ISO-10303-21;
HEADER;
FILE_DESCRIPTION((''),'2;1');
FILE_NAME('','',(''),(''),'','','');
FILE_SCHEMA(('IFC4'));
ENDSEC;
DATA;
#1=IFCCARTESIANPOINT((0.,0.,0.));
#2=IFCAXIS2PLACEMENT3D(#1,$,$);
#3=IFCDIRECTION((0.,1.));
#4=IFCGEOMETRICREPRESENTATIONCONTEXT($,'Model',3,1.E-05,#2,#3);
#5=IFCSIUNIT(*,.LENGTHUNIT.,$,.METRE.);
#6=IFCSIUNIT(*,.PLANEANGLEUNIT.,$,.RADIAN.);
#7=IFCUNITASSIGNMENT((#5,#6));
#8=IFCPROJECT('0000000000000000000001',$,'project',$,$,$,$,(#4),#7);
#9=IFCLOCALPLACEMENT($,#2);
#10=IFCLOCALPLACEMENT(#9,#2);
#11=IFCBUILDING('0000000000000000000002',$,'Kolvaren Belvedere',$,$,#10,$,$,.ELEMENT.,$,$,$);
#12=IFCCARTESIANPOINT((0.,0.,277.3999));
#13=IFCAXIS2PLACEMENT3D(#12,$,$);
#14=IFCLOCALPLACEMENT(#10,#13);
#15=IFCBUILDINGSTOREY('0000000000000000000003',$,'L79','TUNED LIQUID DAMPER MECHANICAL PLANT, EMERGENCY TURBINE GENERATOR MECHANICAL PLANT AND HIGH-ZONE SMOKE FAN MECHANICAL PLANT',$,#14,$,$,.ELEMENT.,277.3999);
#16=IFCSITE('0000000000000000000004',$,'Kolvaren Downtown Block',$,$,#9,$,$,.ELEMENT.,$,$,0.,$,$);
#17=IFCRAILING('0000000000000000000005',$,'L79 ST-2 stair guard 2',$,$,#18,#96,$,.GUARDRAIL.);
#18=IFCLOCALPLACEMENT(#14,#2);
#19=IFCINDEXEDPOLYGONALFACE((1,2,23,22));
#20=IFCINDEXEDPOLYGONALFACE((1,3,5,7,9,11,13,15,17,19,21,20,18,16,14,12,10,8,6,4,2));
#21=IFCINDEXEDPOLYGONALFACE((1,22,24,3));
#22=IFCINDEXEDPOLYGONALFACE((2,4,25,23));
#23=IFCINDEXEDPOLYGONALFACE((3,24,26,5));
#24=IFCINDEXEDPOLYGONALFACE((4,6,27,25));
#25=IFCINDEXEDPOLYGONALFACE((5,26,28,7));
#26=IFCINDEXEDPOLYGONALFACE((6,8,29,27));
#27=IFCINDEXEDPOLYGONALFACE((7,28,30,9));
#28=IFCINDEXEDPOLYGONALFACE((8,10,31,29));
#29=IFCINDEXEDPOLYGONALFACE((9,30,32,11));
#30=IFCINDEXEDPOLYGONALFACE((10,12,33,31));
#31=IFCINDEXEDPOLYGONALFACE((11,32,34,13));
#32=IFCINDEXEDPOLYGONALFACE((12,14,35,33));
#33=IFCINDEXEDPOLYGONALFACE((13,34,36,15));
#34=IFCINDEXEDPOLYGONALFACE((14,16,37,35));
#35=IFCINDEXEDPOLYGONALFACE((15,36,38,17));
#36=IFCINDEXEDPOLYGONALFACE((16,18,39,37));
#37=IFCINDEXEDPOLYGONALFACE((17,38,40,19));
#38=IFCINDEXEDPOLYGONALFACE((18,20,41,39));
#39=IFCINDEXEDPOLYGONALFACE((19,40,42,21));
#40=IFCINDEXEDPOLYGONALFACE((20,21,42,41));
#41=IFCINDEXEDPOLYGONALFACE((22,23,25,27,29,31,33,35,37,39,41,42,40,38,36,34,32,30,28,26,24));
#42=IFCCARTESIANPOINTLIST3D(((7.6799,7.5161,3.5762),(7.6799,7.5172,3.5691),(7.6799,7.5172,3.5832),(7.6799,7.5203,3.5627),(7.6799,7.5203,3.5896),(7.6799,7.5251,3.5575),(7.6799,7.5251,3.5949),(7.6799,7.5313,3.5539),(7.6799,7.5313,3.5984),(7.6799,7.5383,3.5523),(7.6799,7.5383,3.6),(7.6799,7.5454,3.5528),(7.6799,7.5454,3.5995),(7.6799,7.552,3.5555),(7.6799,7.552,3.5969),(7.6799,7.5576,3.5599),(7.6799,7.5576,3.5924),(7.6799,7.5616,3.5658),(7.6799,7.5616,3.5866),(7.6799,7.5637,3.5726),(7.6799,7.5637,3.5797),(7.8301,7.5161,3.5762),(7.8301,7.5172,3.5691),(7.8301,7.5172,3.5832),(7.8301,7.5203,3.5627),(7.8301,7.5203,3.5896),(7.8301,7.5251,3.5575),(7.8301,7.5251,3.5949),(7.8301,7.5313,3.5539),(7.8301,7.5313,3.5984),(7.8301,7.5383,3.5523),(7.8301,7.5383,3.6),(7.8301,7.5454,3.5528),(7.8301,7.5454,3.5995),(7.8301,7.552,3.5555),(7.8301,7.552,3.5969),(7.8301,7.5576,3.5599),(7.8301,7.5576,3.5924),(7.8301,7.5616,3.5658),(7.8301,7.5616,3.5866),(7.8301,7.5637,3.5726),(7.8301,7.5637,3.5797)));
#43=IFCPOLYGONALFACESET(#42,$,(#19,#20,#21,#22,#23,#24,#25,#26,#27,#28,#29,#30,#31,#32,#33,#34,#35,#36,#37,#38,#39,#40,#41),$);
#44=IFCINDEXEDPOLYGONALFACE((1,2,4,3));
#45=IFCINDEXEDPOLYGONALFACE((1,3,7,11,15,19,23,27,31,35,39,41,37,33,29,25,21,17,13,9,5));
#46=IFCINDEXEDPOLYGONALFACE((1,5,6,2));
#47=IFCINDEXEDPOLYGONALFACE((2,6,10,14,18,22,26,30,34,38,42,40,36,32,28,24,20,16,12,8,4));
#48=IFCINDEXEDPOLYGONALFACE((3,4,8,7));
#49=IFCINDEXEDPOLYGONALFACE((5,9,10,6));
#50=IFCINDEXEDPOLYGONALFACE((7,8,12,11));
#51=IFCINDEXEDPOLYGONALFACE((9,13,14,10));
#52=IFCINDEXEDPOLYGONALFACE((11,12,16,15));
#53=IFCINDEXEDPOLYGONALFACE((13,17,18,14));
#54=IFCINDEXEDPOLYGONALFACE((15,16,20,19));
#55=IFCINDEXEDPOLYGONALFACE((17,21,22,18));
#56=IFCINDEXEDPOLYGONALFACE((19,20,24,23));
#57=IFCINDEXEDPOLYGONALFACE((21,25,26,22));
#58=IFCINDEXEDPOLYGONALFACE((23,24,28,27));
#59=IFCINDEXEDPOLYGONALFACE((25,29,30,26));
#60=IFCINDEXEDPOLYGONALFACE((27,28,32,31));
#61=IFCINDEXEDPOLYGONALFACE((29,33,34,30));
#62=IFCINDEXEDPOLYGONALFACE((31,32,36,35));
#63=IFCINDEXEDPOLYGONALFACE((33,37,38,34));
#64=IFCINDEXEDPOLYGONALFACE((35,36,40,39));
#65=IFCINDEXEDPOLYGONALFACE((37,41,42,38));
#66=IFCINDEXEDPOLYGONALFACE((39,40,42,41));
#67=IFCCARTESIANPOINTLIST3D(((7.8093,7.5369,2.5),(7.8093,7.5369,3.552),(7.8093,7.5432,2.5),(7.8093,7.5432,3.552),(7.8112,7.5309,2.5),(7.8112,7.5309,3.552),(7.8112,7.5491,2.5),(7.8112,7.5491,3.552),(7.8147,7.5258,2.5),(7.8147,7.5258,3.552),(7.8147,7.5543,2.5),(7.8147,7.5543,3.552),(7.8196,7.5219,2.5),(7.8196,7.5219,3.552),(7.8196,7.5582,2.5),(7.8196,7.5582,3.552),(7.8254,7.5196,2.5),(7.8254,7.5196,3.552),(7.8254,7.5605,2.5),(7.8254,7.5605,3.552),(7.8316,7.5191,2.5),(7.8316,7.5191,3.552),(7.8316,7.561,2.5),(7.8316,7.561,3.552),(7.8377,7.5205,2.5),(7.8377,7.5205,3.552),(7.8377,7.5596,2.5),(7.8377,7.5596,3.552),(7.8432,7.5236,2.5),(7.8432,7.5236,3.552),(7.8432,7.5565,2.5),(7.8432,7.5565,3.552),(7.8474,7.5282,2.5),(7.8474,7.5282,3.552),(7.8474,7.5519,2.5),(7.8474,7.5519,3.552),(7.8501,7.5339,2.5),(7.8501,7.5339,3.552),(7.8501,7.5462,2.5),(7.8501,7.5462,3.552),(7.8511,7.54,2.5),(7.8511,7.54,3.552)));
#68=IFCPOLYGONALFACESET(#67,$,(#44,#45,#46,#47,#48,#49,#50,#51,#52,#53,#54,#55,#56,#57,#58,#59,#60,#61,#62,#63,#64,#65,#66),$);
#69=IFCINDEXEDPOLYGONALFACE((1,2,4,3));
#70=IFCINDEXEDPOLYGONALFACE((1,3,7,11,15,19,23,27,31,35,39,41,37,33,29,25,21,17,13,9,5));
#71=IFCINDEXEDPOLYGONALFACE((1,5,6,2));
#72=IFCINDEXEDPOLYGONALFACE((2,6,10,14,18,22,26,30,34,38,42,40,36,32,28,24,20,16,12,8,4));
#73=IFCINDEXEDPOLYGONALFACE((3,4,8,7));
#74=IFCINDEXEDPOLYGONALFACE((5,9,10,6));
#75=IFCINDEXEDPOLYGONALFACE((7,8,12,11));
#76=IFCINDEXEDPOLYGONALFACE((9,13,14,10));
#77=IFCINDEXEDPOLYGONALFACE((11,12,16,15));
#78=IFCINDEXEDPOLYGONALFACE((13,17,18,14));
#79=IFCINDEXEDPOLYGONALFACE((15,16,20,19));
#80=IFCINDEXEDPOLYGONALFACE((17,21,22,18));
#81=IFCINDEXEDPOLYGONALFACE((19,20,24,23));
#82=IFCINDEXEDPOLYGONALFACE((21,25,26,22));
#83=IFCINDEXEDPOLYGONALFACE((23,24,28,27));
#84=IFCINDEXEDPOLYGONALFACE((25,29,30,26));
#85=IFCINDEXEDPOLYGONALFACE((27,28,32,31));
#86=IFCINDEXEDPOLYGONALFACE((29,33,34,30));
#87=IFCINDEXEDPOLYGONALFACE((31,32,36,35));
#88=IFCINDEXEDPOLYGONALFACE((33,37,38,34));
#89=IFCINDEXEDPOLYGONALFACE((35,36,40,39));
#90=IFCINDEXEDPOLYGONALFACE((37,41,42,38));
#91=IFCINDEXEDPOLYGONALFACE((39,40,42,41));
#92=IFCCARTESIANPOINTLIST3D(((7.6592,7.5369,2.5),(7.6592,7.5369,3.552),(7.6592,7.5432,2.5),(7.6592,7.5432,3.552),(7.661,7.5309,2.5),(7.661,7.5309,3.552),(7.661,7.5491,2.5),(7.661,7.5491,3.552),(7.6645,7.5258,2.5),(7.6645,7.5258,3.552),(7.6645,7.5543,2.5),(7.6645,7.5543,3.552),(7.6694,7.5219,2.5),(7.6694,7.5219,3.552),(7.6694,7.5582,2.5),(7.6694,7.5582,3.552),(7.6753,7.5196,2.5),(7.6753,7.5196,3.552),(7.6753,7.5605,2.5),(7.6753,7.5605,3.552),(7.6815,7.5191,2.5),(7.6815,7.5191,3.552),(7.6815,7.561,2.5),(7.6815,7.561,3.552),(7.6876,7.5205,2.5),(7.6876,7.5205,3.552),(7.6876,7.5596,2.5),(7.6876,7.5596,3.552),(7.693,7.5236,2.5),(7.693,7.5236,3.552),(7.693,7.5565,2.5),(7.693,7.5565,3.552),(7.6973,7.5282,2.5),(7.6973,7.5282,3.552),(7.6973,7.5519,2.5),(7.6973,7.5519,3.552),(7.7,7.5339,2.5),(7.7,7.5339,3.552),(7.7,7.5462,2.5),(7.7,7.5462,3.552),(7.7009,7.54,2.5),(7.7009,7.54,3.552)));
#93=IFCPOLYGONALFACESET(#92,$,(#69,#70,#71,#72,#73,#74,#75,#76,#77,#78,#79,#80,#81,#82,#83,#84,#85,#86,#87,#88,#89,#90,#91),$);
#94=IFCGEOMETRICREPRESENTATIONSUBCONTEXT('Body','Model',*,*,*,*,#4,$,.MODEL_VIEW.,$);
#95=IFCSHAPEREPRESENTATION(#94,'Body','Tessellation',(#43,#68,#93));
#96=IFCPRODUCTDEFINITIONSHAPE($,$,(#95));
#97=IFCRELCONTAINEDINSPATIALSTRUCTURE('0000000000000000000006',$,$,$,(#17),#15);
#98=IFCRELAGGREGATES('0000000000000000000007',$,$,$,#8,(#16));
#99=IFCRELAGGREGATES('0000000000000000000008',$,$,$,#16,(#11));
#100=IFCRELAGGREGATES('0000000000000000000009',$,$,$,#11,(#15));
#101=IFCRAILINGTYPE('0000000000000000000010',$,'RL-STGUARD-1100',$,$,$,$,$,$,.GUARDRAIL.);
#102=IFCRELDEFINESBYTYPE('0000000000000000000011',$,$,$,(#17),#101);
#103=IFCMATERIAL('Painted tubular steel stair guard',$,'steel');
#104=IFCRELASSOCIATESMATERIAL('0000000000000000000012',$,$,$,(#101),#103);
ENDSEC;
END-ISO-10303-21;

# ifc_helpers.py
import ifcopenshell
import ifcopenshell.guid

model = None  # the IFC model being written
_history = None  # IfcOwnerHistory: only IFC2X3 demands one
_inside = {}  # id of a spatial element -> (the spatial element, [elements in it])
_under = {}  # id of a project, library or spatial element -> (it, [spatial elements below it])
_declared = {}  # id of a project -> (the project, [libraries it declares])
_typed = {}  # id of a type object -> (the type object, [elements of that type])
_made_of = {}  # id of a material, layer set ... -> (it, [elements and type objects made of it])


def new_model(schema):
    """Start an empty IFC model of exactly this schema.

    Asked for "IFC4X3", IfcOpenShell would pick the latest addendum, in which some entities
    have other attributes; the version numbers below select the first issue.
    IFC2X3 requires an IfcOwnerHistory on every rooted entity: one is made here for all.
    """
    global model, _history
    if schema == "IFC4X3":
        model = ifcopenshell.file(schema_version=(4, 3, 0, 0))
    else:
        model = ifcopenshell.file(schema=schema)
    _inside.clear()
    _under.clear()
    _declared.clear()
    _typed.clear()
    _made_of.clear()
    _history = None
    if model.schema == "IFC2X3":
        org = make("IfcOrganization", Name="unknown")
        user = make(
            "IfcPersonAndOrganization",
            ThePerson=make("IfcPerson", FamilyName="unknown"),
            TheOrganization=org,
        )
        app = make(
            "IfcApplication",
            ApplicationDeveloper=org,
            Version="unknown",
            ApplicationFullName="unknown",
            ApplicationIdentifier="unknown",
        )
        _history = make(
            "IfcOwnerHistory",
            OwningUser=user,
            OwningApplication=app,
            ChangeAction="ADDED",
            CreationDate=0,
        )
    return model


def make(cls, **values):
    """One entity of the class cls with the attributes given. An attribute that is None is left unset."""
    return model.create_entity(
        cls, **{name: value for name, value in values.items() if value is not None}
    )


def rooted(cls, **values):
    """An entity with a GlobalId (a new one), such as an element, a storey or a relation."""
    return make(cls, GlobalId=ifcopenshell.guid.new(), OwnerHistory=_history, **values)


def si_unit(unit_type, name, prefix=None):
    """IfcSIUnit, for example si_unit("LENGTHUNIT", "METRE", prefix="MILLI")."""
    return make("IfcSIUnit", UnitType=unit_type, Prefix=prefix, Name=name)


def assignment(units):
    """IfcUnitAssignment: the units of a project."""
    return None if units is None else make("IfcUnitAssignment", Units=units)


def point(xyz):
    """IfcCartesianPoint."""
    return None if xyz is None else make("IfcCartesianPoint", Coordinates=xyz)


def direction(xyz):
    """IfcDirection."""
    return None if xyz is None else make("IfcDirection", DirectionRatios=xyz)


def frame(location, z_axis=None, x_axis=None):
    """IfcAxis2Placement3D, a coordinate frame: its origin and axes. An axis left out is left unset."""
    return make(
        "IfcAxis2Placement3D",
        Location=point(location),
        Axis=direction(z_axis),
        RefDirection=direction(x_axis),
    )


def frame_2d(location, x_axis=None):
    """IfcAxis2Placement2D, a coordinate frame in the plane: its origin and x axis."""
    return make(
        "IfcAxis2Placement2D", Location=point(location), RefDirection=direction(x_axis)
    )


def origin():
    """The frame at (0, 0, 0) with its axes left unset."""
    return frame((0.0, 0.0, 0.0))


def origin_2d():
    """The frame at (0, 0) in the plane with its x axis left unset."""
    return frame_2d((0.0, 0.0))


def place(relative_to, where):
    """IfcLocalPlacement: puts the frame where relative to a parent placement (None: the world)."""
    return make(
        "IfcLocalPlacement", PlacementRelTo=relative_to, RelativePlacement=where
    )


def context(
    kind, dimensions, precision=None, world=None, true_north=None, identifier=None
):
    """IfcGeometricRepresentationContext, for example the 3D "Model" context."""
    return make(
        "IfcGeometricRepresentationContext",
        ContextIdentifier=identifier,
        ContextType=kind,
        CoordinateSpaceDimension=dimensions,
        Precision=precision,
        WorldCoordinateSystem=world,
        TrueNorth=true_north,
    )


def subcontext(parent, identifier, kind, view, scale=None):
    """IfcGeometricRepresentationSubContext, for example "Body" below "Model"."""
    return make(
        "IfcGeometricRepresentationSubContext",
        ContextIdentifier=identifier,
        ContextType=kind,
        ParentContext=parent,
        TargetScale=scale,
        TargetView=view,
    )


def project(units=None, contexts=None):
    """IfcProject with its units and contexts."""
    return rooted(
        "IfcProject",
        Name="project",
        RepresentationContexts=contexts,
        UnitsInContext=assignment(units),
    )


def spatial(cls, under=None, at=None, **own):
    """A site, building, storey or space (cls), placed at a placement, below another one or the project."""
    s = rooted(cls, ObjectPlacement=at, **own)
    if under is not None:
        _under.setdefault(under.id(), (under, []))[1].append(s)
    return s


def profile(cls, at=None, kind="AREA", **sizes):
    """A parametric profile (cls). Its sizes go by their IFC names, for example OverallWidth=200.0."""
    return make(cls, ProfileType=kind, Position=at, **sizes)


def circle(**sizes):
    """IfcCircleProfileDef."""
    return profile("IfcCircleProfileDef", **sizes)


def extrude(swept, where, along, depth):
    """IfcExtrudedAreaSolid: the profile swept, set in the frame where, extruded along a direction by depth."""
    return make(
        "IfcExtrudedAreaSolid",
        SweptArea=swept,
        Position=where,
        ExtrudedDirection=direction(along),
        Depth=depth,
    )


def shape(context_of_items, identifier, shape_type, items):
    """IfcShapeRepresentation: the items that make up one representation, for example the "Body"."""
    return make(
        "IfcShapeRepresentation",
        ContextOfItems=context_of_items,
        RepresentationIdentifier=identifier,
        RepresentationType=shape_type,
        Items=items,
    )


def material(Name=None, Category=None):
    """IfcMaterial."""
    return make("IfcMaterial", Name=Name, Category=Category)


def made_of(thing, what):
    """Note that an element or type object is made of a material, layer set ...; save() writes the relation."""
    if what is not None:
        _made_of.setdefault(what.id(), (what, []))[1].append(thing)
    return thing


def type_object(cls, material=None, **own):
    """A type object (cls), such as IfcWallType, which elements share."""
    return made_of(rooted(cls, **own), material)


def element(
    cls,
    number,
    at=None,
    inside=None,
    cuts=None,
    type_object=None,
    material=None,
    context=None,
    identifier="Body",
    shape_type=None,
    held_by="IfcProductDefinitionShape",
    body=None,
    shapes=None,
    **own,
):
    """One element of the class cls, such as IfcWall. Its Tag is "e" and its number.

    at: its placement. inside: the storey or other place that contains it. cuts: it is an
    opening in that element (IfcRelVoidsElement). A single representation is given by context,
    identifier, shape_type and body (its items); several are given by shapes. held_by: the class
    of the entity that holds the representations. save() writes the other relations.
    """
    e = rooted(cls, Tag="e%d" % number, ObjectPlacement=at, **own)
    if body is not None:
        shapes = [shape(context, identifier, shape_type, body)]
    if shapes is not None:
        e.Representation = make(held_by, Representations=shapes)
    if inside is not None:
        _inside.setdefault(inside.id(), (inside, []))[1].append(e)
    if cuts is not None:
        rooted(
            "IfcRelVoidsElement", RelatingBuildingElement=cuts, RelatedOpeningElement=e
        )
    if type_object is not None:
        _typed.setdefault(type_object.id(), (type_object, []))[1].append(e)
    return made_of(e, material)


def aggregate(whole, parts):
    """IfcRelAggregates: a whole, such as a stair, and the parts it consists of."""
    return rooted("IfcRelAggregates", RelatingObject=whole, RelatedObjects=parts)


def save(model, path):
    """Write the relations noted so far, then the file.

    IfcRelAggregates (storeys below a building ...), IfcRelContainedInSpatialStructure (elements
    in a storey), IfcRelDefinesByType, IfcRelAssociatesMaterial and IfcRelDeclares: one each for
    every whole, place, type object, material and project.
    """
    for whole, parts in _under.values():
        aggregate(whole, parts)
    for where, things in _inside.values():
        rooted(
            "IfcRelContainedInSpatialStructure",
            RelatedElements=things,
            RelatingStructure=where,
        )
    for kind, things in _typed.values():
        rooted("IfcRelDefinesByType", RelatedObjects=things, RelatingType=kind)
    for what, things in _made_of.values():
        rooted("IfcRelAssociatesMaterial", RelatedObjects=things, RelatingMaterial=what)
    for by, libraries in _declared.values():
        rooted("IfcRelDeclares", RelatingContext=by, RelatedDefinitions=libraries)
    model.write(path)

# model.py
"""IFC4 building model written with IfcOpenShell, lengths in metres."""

from ifc_helpers import new_model, si_unit, direction, frame, origin, origin_2d, place, context, subcontext, project, spatial, circle, extrude, material, type_object, element, save


model = new_model("IFC4")

# Units and contexts
model_context = context("Model", 3, precision=1e-05, world=origin(), true_north=direction((0.0, 1.0)))
body_context = subcontext(model_context, "Body", "Model", "MODEL_VIEW")
ifc_project = project(units=[si_unit("LENGTHUNIT", "METRE"), si_unit("PLANEANGLEUNIT", "RADIAN")], contexts=[model_context])

# Site, building, storey
site_placement = place(None, origin())
site = spatial("IfcSite", under=ifc_project, at=site_placement, Name="Kolvaren Downtown Block", CompositionType="ELEMENT", RefElevation=0.0)
building_placement = place(site_placement, origin())
building = spatial("IfcBuilding", under=site, at=building_placement, Name="Kolvaren Belvedere", CompositionType="ELEMENT")
storey_placement = place(building_placement, frame((0.0, 0.0, 277.3999)))
storey = spatial("IfcBuildingStorey", under=building, at=storey_placement, Name="L79", Description="TUNED LIQUID DAMPER MECHANICAL PLANT, EMERGENCY TURBINE GENERATOR MECHANICAL PLANT AND HIGH-ZONE SMOKE FAN MECHANICAL PLANT", CompositionType="ELEMENT", Elevation=277.3999)

# Railing
ifc_material_1 = material(Name="Painted tubular steel stair guard", Category="steel")
railing_type_1 = type_object("IfcRailingType", Name="RL-STGUARD-1100", PredefinedType="GUARDRAIL", material=ifc_material_1)
railing_1_placement = place(storey_placement, frame((7.8301, 7.54, 2.5)))
element("IfcRailing", 1, at=railing_1_placement, inside=storey, type_object=railing_type_1, Name="L79 ST-2 stair guard 2", PredefinedType="GUARDRAIL", context=body_context, shape_type="SweptSolid", body=[
    extrude(circle(Radius=0.0239, at=origin_2d()), frame((0.0, 0.0, 1.0762), z_axis=(-1.0, 0.0, 0.0), x_axis=(0.0, -1.0, 0.0)), (0.0, 0.0, 1.0), 0.1501),
    extrude(circle(Radius=0.021, at=origin_2d()), origin(), (0.0, 0.0, 1.0), 1.052),
    extrude(circle(Radius=0.021, at=origin_2d()), frame((-0.1501, 0.0, 0.0)), (0.0, 0.0, 1.0), 1.052),
])

save(model, "model.ifc")
